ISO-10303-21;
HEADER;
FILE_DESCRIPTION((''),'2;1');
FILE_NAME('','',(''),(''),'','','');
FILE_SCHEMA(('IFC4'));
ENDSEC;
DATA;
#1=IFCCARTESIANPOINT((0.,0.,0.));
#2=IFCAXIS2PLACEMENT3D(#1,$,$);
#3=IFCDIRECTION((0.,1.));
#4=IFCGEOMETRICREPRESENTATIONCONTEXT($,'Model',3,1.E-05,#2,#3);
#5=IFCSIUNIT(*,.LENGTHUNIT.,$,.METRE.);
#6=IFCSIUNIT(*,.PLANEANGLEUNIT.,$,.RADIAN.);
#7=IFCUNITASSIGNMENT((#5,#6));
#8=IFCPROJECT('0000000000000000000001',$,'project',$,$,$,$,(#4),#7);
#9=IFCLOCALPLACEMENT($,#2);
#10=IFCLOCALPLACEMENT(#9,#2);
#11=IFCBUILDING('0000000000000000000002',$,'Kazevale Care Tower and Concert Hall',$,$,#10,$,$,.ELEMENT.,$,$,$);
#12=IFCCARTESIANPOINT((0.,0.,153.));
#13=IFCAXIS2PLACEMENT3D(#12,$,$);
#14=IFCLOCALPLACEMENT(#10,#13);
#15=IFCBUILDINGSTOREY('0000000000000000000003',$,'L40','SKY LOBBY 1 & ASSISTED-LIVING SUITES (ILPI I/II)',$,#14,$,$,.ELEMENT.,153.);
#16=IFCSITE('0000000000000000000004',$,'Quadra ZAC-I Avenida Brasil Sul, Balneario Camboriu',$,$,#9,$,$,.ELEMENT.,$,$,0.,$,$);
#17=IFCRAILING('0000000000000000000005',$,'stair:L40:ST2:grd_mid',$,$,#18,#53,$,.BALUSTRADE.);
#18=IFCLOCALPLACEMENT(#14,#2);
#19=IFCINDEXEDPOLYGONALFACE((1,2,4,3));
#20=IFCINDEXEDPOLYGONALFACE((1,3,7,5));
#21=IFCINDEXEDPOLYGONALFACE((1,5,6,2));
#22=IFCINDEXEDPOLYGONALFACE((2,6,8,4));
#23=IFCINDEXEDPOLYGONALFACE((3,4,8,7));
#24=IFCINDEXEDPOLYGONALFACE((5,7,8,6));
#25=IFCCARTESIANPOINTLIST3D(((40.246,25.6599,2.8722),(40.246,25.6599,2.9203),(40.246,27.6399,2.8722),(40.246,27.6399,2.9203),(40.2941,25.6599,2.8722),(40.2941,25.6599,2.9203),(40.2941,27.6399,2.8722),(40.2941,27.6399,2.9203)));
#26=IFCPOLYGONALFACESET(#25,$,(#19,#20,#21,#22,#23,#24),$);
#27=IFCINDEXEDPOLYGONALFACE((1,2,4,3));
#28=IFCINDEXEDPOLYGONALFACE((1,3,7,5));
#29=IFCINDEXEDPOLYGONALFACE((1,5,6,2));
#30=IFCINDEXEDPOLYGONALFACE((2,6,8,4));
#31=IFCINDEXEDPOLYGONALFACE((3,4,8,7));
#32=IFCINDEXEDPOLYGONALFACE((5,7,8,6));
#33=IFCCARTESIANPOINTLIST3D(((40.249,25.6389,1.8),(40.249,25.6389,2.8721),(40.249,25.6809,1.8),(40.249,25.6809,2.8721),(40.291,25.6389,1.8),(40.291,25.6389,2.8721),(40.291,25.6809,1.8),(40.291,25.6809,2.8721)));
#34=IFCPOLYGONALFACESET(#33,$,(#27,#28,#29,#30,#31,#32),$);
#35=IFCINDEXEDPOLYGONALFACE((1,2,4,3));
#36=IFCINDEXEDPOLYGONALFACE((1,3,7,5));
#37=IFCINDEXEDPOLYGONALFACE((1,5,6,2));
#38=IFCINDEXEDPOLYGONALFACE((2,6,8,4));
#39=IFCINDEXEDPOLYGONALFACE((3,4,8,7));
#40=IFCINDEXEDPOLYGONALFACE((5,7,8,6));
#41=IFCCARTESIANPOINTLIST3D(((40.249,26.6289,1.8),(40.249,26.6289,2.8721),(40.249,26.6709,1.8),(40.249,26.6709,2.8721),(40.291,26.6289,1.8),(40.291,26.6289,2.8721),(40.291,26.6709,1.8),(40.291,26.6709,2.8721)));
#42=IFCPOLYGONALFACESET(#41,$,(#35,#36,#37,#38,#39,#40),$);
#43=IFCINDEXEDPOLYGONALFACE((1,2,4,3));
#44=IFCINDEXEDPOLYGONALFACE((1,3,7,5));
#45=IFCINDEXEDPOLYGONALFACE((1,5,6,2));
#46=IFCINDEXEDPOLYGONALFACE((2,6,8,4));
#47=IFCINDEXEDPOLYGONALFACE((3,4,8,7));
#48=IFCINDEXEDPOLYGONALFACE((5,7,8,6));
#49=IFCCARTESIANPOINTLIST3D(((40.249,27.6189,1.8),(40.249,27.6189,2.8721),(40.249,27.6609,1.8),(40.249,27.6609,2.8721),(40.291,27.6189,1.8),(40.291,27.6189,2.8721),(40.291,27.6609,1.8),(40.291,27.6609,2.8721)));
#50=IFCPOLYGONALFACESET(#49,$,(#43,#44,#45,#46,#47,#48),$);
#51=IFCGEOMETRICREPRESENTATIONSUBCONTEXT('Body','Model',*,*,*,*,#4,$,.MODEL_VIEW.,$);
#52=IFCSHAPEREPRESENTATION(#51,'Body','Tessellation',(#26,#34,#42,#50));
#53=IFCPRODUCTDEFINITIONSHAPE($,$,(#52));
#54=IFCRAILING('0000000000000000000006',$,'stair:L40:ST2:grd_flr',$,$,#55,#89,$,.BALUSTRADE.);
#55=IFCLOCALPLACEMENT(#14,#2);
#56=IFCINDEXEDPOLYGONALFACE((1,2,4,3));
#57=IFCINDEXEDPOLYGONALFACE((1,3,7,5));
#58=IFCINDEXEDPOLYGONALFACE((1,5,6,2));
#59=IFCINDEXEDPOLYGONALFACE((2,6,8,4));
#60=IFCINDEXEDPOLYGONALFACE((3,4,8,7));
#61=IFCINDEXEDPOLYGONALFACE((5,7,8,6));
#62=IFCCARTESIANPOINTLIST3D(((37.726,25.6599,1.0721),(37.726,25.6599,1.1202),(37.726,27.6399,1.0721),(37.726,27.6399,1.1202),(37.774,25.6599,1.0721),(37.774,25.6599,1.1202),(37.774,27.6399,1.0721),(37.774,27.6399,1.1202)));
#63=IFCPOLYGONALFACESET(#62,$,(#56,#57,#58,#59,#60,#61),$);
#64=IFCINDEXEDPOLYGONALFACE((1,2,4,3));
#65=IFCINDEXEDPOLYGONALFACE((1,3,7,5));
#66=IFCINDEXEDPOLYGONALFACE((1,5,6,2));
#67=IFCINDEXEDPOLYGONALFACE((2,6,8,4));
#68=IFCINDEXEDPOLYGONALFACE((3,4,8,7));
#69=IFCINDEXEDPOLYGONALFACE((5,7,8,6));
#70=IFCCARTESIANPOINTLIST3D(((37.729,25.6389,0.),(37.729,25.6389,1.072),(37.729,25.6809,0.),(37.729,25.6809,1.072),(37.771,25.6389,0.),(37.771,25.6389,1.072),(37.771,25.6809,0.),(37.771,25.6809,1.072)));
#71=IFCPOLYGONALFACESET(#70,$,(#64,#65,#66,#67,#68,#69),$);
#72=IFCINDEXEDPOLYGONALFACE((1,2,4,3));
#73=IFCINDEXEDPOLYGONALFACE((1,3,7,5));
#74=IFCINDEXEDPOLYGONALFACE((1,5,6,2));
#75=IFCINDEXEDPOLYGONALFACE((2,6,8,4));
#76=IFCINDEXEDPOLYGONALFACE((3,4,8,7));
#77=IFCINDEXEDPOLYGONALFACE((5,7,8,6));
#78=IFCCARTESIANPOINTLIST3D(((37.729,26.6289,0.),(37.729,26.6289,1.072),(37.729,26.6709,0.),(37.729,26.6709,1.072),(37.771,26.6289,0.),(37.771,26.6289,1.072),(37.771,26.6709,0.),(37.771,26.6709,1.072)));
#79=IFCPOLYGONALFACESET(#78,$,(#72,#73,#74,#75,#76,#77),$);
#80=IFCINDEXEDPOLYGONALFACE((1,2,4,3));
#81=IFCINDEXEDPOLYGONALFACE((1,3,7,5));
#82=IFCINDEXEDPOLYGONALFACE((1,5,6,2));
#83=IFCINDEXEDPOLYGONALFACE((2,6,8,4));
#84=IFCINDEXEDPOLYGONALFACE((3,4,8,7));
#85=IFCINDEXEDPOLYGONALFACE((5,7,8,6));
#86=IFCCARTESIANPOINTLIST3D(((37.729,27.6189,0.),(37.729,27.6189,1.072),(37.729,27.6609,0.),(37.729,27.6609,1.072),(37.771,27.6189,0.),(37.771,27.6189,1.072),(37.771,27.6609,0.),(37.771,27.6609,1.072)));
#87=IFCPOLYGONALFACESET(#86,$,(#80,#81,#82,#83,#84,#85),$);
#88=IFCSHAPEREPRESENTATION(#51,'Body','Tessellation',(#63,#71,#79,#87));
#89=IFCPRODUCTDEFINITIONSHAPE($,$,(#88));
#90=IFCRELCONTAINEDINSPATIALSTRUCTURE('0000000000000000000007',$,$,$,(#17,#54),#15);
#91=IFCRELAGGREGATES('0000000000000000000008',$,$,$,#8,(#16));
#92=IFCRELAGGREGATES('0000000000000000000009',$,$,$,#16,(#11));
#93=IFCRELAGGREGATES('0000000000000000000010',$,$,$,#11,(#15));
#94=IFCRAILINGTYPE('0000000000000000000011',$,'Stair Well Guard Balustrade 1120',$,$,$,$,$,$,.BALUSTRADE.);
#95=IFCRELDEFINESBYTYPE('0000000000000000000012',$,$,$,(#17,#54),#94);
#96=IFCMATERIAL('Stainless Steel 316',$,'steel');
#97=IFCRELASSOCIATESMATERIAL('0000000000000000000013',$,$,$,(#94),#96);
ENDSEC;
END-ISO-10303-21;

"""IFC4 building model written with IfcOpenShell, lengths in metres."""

from ifc_helpers import new_model, si_unit, direction, frame, origin, origin_2d, place, context, subcontext, project, spatial, rectangle, extrude, material, type_object, element, save


model = new_model("IFC4")

# Units and contexts
model_context = context("Model", 3, precision=1e-05, world=origin(), true_north=direction((0.0, 1.0)))
body_context = subcontext(model_context, "Body", "Model", "MODEL_VIEW")
ifc_project = project(units=[si_unit("LENGTHUNIT", "METRE"), si_unit("PLANEANGLEUNIT", "RADIAN")], contexts=[model_context])

# Site, building, storey
site_placement = place(None, origin())
site = spatial("IfcSite", under=ifc_project, at=site_placement, Name="Quadra ZAC-I Avenida Brasil Sul, Balneario Camboriu", CompositionType="ELEMENT", RefElevation=0.0)
building_placement = place(site_placement, origin())
building = spatial("IfcBuilding", under=site, at=building_placement, Name="Kazevale Care Tower and Concert Hall", CompositionType="ELEMENT")
storey_placement = place(building_placement, frame((0.0, 0.0, 153.0)))
storey = spatial("IfcBuildingStorey", under=building, at=storey_placement, Name="L40", Description="SKY LOBBY 1 & ASSISTED-LIVING SUITES (ILPI I/II)", CompositionType="ELEMENT", Elevation=153.0)

# Railings
ifc_material_1 = material(Name="Stainless Steel 316", Category="steel")
railing_type_1 = type_object("IfcRailingType", Name="Stair Well Guard Balustrade 1120", PredefinedType="BALUSTRADE", material=ifc_material_1)
for number, where, name in (
    (1, (40.27, 25.6599, 1.8), "stair:L40:ST2:grd_mid"),
    (2, (37.75, 25.6599, 0.0), "stair:L40:ST2:grd_flr"),
):
    element("IfcRailing", number, at=place(storey_placement, frame(where)), inside=storey, type_object=railing_type_1, Name=name, PredefinedType="BALUSTRADE", context=body_context, shape_type="SweptSolid", body=[
        extrude(rectangle(XDim=0.0481, YDim=0.0481, at=origin_2d()), frame((0.0, 0.0, 1.0962), z_axis=(0.0, 1.0, 0.0), x_axis=(-1.0, 0.0, 0.0)), (0.0, 0.0, 1.0), 1.98),
        extrude(rectangle(XDim=0.042, YDim=0.042, at=origin_2d()), origin(), (0.0, 0.0, 1.0), 1.072),
        extrude(rectangle(XDim=0.042, YDim=0.042, at=origin_2d()), frame((0.0, 0.99, 0.0)), (0.0, 0.0, 1.0), 1.072),
        extrude(rectangle(XDim=0.042, YDim=0.042, at=origin_2d()), frame((0.0, 1.98, 0.0)), (0.0, 0.0, 1.0), 1.072),
    ])

save(model, "model.ifc")
